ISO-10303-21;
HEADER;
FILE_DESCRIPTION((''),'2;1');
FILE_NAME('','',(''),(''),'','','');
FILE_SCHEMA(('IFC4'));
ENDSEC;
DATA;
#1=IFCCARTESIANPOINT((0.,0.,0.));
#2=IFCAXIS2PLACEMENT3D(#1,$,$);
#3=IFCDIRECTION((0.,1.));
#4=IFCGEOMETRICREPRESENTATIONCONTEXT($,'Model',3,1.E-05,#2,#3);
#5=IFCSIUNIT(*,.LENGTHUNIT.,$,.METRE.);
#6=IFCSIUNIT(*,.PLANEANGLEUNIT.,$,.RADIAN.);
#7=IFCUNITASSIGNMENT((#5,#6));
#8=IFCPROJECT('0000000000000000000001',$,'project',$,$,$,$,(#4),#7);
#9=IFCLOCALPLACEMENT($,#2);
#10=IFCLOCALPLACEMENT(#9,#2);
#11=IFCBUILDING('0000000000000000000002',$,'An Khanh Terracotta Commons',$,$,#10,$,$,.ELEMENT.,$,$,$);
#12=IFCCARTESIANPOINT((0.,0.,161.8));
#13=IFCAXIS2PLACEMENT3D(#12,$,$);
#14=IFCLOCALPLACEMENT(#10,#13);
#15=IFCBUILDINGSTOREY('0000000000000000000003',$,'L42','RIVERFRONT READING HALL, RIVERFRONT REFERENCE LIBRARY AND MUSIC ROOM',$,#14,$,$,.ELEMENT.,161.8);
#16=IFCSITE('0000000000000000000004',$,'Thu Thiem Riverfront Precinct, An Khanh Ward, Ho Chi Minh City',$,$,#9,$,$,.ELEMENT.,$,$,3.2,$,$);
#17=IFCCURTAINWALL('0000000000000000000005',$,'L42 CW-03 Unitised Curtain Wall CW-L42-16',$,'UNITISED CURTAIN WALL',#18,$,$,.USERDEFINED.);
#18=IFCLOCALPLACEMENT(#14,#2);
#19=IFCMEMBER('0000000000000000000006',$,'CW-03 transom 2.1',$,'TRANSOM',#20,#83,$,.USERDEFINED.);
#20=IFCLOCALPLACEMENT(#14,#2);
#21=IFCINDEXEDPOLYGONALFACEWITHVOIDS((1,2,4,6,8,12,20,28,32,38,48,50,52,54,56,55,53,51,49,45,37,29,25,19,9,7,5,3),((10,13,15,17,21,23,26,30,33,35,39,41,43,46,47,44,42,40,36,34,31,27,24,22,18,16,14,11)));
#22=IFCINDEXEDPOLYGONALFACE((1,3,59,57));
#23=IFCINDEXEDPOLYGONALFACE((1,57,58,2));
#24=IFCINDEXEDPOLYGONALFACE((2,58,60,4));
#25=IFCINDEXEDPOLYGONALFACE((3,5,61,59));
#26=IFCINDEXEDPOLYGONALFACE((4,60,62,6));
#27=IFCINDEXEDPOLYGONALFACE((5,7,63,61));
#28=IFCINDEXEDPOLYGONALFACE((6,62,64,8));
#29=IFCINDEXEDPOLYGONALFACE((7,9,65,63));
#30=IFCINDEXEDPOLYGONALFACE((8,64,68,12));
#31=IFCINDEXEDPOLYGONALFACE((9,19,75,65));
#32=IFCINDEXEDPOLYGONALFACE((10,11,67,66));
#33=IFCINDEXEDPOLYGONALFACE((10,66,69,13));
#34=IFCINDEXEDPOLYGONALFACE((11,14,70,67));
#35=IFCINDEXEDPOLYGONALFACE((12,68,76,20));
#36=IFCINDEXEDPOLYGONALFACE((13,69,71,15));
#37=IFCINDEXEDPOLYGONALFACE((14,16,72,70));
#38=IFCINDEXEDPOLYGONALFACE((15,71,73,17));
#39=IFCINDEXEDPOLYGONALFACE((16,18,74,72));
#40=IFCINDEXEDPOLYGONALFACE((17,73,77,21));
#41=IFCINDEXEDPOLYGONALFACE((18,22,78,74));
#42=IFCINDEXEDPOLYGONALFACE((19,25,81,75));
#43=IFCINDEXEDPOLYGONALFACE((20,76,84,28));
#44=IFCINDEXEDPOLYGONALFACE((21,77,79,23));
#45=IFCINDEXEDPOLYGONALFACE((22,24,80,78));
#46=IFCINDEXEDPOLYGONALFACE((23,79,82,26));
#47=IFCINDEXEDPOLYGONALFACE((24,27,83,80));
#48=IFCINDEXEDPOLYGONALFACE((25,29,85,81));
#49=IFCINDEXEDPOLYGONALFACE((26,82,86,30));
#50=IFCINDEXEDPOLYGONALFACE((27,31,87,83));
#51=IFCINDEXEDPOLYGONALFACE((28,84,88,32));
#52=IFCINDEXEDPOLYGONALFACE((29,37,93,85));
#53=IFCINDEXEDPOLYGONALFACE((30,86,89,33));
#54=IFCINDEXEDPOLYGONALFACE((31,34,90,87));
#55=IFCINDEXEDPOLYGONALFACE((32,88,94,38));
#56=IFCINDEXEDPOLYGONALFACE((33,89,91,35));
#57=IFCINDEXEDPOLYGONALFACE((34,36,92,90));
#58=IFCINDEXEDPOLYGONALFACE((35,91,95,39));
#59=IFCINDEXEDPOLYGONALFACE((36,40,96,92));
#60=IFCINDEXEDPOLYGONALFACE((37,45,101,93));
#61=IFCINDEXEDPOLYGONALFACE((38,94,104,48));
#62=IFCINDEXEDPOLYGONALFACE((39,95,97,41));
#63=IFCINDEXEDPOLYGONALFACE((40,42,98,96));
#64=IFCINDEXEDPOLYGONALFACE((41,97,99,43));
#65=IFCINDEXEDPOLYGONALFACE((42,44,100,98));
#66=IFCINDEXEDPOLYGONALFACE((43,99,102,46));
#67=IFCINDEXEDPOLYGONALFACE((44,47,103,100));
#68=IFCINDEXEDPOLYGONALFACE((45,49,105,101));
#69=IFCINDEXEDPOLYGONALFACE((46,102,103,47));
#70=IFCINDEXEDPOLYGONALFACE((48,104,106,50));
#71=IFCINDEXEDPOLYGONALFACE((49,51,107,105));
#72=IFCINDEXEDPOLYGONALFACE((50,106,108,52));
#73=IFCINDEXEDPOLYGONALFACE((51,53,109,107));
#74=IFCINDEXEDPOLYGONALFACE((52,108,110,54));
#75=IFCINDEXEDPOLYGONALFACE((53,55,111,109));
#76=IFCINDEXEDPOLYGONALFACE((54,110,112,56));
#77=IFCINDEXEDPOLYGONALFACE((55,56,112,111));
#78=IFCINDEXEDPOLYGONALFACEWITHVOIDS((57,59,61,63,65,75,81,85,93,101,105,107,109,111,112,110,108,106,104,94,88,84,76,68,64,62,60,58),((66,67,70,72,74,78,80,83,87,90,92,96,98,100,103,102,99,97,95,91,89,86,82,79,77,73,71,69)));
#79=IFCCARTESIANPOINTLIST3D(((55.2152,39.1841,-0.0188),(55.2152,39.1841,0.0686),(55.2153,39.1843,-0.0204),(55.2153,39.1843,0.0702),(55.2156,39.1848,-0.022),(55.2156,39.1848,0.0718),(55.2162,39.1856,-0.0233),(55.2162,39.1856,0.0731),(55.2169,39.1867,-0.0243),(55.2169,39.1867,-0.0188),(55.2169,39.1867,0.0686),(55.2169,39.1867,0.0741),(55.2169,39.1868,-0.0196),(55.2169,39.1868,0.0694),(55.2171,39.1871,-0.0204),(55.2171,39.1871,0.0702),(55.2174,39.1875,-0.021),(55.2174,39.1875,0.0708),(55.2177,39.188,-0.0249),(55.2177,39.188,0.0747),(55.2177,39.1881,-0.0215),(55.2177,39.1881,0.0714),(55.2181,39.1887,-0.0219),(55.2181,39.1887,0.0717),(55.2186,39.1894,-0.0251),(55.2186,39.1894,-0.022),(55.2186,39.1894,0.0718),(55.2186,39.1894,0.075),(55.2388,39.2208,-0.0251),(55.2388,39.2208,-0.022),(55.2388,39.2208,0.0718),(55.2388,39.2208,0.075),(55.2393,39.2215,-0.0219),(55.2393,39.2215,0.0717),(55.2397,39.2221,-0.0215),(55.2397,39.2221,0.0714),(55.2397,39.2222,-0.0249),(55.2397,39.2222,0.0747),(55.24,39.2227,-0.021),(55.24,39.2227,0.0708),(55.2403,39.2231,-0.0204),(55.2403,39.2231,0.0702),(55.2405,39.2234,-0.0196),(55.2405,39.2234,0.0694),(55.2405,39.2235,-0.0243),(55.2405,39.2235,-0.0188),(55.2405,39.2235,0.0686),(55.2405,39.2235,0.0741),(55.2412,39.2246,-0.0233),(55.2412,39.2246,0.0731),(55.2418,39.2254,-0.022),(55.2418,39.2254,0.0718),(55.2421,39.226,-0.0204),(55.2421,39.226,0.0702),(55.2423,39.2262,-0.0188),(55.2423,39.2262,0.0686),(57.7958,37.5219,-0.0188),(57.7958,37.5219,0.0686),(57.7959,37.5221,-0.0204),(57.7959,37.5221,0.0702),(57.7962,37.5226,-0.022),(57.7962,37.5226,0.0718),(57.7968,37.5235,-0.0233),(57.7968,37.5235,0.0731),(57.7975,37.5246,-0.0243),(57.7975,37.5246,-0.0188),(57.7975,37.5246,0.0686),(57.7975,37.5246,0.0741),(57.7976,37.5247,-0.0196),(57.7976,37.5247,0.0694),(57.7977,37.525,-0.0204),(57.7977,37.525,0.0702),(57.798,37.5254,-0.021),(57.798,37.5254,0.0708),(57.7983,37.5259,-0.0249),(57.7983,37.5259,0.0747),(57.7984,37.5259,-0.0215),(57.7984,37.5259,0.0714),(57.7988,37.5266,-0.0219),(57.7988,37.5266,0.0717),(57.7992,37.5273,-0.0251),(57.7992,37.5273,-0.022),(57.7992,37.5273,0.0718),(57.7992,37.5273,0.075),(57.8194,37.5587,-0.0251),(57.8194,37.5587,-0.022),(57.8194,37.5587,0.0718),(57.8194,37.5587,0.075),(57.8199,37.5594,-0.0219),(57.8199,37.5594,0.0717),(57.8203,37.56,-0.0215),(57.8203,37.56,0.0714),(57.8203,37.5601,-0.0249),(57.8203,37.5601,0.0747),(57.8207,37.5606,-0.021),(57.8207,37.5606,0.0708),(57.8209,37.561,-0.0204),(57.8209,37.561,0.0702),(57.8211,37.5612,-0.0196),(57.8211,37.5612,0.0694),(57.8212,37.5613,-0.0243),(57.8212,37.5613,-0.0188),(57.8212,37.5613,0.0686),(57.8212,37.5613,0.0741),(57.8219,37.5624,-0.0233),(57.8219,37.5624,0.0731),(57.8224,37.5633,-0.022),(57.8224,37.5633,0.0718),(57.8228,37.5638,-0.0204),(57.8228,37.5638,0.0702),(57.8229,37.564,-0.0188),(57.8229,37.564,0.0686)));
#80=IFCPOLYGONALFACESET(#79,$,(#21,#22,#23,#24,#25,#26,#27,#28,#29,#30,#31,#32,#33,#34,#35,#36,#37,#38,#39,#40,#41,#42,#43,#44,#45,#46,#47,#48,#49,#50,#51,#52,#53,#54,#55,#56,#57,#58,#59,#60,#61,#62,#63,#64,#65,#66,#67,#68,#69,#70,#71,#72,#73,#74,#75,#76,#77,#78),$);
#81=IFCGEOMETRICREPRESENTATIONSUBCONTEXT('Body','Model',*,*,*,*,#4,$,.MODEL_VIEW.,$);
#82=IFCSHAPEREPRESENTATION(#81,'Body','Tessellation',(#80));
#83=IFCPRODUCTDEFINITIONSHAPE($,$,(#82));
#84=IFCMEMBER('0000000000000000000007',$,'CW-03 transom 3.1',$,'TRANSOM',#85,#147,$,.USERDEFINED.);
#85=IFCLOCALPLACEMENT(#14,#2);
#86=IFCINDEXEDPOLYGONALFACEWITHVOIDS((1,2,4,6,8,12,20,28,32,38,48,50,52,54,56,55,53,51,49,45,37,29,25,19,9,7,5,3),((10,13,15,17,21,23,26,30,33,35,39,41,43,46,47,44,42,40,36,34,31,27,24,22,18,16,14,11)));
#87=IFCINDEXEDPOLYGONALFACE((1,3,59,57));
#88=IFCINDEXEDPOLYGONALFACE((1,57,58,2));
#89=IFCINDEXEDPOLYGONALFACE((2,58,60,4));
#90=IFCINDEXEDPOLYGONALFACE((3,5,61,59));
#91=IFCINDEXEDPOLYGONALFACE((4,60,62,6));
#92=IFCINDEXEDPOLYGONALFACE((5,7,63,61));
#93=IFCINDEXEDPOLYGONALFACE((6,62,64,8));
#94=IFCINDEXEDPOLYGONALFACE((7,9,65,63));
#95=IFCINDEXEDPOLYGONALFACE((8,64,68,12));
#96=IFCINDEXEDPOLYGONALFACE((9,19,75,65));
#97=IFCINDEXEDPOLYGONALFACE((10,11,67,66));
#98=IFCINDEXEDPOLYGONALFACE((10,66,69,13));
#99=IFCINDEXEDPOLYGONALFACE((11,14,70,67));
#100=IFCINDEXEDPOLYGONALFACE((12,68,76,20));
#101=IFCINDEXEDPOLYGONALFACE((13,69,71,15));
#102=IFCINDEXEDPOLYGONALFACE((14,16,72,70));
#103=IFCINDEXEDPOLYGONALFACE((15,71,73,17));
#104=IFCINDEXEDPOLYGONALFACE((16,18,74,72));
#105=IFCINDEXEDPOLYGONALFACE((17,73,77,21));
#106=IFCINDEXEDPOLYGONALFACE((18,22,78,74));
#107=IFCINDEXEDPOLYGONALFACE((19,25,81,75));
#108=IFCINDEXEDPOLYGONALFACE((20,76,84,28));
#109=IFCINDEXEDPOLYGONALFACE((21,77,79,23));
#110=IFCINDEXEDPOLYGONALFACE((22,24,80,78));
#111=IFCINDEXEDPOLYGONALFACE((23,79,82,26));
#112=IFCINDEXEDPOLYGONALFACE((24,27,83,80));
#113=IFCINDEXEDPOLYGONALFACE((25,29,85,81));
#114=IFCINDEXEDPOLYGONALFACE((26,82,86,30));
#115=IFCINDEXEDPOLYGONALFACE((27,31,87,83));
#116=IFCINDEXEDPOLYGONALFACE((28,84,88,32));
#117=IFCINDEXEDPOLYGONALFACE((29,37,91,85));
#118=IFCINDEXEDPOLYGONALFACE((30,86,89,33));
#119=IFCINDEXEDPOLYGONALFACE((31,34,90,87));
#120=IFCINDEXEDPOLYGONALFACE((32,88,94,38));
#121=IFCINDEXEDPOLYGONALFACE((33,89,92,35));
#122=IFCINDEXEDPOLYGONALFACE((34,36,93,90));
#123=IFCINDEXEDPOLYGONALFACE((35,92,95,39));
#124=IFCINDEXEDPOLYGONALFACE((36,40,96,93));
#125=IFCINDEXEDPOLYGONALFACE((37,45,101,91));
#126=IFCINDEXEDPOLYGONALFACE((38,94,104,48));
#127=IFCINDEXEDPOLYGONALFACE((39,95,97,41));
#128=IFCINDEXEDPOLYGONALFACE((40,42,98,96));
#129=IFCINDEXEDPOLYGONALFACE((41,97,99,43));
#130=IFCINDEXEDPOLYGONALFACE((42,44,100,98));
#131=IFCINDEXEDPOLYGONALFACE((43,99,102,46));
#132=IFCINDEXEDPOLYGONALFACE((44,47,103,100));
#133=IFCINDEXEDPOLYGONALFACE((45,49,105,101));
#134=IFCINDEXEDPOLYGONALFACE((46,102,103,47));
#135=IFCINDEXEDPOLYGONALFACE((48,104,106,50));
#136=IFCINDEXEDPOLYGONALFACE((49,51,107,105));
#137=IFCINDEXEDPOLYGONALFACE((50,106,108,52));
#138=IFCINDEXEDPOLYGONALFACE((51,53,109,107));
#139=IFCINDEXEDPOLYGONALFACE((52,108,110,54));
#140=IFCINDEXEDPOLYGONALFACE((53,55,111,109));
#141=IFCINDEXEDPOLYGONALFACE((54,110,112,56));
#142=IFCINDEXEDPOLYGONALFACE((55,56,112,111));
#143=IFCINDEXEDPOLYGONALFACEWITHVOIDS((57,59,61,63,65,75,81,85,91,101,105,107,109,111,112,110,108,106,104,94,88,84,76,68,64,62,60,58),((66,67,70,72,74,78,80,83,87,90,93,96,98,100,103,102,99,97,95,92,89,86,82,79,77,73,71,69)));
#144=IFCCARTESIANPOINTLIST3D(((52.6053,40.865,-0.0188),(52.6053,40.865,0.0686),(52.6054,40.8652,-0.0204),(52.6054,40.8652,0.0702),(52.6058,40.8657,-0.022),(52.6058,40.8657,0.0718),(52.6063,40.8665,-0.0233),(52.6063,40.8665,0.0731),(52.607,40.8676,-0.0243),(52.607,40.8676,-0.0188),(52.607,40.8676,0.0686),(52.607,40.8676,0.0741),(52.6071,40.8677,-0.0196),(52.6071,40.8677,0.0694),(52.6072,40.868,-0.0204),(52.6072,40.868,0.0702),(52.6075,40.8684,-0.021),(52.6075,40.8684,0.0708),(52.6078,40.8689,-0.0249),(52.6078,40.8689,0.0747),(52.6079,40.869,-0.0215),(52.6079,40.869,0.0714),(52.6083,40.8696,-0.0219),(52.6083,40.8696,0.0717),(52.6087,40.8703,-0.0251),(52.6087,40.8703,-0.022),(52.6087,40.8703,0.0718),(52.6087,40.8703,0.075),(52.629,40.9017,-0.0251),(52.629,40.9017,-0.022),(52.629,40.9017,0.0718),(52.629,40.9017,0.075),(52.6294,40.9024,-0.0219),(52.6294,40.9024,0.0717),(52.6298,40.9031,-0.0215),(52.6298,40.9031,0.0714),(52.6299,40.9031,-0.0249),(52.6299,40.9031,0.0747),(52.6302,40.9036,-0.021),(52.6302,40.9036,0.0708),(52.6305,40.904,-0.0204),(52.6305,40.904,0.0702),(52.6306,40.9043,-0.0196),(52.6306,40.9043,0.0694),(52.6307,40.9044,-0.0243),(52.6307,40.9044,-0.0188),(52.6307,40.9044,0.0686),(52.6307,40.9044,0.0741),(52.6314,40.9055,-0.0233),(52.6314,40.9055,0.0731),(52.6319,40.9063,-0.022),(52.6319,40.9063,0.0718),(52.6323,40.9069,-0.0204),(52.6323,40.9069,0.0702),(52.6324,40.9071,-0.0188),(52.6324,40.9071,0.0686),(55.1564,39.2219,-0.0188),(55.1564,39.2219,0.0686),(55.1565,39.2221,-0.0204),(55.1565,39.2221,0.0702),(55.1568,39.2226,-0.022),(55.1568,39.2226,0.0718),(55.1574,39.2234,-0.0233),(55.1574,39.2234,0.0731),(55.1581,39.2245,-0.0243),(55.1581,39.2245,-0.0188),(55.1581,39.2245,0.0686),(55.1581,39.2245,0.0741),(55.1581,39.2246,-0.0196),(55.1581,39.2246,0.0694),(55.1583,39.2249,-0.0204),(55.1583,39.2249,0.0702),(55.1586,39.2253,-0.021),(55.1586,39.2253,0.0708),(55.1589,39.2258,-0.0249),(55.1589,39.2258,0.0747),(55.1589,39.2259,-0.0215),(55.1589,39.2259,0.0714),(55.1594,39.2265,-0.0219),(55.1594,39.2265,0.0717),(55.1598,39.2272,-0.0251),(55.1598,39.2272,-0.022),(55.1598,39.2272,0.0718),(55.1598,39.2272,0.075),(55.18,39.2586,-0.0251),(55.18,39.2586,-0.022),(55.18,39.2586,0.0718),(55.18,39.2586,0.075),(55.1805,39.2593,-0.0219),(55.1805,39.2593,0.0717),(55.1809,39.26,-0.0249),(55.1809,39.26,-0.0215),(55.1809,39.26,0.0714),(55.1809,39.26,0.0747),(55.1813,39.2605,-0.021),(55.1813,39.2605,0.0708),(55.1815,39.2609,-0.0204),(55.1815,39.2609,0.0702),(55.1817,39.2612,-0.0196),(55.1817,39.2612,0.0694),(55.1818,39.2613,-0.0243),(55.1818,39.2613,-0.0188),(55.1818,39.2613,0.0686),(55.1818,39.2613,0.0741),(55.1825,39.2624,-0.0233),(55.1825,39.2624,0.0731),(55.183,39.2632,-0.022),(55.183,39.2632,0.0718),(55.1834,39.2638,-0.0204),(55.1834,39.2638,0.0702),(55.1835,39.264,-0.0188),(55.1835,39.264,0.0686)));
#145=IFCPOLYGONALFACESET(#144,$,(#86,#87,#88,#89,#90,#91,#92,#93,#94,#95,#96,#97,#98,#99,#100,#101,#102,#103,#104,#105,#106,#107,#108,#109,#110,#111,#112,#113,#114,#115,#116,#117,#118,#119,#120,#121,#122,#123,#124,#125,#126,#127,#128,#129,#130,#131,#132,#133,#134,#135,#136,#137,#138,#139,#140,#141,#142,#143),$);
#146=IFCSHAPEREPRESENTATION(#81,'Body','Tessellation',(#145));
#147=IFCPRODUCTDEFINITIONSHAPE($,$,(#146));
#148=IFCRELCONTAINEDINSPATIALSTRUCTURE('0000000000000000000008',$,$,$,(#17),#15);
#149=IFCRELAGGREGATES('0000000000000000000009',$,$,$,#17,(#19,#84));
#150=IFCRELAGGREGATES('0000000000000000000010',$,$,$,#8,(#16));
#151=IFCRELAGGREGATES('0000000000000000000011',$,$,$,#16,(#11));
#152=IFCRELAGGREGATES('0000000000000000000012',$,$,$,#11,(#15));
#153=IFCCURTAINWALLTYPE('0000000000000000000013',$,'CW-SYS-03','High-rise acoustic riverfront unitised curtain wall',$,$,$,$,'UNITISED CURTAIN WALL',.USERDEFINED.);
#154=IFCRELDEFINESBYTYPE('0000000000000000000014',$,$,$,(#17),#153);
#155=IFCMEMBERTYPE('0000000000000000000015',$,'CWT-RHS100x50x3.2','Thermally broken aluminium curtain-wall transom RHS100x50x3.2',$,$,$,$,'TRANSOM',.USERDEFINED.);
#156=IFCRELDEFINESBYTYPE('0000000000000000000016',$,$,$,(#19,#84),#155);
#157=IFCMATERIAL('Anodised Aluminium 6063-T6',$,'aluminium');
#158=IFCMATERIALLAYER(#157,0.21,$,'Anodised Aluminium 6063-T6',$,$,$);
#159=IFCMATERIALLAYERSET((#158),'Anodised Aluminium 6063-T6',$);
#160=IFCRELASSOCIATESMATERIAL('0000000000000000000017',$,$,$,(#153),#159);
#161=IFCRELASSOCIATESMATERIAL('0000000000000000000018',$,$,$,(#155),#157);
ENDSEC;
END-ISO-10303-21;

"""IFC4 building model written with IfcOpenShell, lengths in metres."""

from ifc_helpers import new_model, si_unit, direction, frame, origin, origin_2d, place, context, subcontext, project, spatial, hollow_rectangle, extrude, material, layer, layer_set, material_profile, profile_set, type_object, element, aggregate, save


model = new_model("IFC4")

# Units and contexts
model_context = context("Model", 3, precision=1e-05, world=origin(), true_north=direction((0.0, 1.0)))
body_context = subcontext(model_context, "Body", "Model", "MODEL_VIEW")
ifc_project = project(units=[si_unit("LENGTHUNIT", "METRE"), si_unit("PLANEANGLEUNIT", "RADIAN")], contexts=[model_context])

# Site, building, storey
site_placement = place(None, origin())
site = spatial("IfcSite", under=ifc_project, at=site_placement, Name="Thu Thiem Riverfront Precinct, An Khanh Ward, Ho Chi Minh City", CompositionType="ELEMENT", RefElevation=3.2)
building_placement = place(site_placement, origin())
building = spatial("IfcBuilding", under=site, at=building_placement, Name="An Khanh Terracotta Commons", CompositionType="ELEMENT")
storey_placement = place(building_placement, frame((0.0, 0.0, 161.8)))
storey = spatial("IfcBuildingStorey", under=building, at=storey_placement, Name="L42", Description="RIVERFRONT READING HALL, RIVERFRONT REFERENCE LIBRARY AND MUSIC ROOM", CompositionType="ELEMENT", Elevation=161.8)

# Curtain wall, members
ifc_material_1 = material(Name="Anodised Aluminium 6063-T6", Category="aluminium")
ifc_layer_1 = layer(ifc_material_1, 0.21, Name="Anodised Aluminium 6063-T6")
ifc_layer_set_1 = layer_set([ifc_layer_1], Name="Anodised Aluminium 6063-T6")
curtain_wall_type = type_object("IfcCurtainWallType", Name="CW-SYS-03", Description="High-rise acoustic riverfront unitised curtain wall", ElementType="UNITISED CURTAIN WALL", PredefinedType="USERDEFINED", material=ifc_layer_set_1)
curtain_wall_placement = place(storey_placement, origin())
curtain_wall = element("IfcCurtainWall", 1, at=curtain_wall_placement, inside=storey, type_object=curtain_wall_type, Name="L42 CW-03 Unitised Curtain Wall CW-L42-16", ObjectType="UNITISED CURTAIN WALL", PredefinedType="USERDEFINED")
ifc_material_profile_1 = material_profile(ifc_material_1, hollow_rectangle(XDim=0.05, YDim=0.1001, WallThickness=0.0032, InnerFilletRadius=0.0032, OuterFilletRadius=0.0063, at=origin_2d()), Name="RHS100x50x3.2")
ifc_profile_set_1 = profile_set([ifc_material_profile_1], Name="Anodised Aluminium 6063-T6")
member_type_1 = type_object("IfcMemberType", Name="CWT-RHS100x50x3.2", Description="Thermally broken aluminium curtain-wall transom RHS100x50x3.2", ElementType="TRANSOM", PredefinedType="USERDEFINED", material=ifc_profile_set_1)
member_1_placement = place(storey_placement, frame((57.8093, 37.543, 0.0249), z_axis=(-0.840708, 0.541489, 0.0), x_axis=(-0.541489, -0.840708, 0.0)))
member_1 = element("IfcMember", 2, at=member_1_placement, type_object=member_type_1, Name="CW-03 transom 2.1", ObjectType="TRANSOM", PredefinedType="USERDEFINED", context=body_context, shape_type="SweptSolid", body=[
    extrude(hollow_rectangle(XDim=0.05, YDim=0.1001, WallThickness=0.0032, InnerFilletRadius=0.0032, OuterFilletRadius=0.0063, at=origin_2d()), origin(), (0.0, 0.0, 1.0), 3.0696),
])
member_2_placement = place(storey_placement, frame((55.1699, 39.2429, 0.0249), z_axis=(-0.84071, 0.541485, 0.0), x_axis=(-0.541485, -0.84071, 0.0)))
member_2 = element("IfcMember", 3, at=member_2_placement, type_object=member_type_1, Name="CW-03 transom 3.1", ObjectType="TRANSOM", PredefinedType="USERDEFINED", context=body_context, shape_type="SweptSolid", body=[
    extrude(hollow_rectangle(XDim=0.05, YDim=0.1001, WallThickness=0.0032, InnerFilletRadius=0.0032, OuterFilletRadius=0.0063, at=origin_2d()), origin(), (0.0, 0.0, 1.0), 3.0344),
])
aggregate(curtain_wall, [member_1, member_2])

save(model, "model.ifc")
